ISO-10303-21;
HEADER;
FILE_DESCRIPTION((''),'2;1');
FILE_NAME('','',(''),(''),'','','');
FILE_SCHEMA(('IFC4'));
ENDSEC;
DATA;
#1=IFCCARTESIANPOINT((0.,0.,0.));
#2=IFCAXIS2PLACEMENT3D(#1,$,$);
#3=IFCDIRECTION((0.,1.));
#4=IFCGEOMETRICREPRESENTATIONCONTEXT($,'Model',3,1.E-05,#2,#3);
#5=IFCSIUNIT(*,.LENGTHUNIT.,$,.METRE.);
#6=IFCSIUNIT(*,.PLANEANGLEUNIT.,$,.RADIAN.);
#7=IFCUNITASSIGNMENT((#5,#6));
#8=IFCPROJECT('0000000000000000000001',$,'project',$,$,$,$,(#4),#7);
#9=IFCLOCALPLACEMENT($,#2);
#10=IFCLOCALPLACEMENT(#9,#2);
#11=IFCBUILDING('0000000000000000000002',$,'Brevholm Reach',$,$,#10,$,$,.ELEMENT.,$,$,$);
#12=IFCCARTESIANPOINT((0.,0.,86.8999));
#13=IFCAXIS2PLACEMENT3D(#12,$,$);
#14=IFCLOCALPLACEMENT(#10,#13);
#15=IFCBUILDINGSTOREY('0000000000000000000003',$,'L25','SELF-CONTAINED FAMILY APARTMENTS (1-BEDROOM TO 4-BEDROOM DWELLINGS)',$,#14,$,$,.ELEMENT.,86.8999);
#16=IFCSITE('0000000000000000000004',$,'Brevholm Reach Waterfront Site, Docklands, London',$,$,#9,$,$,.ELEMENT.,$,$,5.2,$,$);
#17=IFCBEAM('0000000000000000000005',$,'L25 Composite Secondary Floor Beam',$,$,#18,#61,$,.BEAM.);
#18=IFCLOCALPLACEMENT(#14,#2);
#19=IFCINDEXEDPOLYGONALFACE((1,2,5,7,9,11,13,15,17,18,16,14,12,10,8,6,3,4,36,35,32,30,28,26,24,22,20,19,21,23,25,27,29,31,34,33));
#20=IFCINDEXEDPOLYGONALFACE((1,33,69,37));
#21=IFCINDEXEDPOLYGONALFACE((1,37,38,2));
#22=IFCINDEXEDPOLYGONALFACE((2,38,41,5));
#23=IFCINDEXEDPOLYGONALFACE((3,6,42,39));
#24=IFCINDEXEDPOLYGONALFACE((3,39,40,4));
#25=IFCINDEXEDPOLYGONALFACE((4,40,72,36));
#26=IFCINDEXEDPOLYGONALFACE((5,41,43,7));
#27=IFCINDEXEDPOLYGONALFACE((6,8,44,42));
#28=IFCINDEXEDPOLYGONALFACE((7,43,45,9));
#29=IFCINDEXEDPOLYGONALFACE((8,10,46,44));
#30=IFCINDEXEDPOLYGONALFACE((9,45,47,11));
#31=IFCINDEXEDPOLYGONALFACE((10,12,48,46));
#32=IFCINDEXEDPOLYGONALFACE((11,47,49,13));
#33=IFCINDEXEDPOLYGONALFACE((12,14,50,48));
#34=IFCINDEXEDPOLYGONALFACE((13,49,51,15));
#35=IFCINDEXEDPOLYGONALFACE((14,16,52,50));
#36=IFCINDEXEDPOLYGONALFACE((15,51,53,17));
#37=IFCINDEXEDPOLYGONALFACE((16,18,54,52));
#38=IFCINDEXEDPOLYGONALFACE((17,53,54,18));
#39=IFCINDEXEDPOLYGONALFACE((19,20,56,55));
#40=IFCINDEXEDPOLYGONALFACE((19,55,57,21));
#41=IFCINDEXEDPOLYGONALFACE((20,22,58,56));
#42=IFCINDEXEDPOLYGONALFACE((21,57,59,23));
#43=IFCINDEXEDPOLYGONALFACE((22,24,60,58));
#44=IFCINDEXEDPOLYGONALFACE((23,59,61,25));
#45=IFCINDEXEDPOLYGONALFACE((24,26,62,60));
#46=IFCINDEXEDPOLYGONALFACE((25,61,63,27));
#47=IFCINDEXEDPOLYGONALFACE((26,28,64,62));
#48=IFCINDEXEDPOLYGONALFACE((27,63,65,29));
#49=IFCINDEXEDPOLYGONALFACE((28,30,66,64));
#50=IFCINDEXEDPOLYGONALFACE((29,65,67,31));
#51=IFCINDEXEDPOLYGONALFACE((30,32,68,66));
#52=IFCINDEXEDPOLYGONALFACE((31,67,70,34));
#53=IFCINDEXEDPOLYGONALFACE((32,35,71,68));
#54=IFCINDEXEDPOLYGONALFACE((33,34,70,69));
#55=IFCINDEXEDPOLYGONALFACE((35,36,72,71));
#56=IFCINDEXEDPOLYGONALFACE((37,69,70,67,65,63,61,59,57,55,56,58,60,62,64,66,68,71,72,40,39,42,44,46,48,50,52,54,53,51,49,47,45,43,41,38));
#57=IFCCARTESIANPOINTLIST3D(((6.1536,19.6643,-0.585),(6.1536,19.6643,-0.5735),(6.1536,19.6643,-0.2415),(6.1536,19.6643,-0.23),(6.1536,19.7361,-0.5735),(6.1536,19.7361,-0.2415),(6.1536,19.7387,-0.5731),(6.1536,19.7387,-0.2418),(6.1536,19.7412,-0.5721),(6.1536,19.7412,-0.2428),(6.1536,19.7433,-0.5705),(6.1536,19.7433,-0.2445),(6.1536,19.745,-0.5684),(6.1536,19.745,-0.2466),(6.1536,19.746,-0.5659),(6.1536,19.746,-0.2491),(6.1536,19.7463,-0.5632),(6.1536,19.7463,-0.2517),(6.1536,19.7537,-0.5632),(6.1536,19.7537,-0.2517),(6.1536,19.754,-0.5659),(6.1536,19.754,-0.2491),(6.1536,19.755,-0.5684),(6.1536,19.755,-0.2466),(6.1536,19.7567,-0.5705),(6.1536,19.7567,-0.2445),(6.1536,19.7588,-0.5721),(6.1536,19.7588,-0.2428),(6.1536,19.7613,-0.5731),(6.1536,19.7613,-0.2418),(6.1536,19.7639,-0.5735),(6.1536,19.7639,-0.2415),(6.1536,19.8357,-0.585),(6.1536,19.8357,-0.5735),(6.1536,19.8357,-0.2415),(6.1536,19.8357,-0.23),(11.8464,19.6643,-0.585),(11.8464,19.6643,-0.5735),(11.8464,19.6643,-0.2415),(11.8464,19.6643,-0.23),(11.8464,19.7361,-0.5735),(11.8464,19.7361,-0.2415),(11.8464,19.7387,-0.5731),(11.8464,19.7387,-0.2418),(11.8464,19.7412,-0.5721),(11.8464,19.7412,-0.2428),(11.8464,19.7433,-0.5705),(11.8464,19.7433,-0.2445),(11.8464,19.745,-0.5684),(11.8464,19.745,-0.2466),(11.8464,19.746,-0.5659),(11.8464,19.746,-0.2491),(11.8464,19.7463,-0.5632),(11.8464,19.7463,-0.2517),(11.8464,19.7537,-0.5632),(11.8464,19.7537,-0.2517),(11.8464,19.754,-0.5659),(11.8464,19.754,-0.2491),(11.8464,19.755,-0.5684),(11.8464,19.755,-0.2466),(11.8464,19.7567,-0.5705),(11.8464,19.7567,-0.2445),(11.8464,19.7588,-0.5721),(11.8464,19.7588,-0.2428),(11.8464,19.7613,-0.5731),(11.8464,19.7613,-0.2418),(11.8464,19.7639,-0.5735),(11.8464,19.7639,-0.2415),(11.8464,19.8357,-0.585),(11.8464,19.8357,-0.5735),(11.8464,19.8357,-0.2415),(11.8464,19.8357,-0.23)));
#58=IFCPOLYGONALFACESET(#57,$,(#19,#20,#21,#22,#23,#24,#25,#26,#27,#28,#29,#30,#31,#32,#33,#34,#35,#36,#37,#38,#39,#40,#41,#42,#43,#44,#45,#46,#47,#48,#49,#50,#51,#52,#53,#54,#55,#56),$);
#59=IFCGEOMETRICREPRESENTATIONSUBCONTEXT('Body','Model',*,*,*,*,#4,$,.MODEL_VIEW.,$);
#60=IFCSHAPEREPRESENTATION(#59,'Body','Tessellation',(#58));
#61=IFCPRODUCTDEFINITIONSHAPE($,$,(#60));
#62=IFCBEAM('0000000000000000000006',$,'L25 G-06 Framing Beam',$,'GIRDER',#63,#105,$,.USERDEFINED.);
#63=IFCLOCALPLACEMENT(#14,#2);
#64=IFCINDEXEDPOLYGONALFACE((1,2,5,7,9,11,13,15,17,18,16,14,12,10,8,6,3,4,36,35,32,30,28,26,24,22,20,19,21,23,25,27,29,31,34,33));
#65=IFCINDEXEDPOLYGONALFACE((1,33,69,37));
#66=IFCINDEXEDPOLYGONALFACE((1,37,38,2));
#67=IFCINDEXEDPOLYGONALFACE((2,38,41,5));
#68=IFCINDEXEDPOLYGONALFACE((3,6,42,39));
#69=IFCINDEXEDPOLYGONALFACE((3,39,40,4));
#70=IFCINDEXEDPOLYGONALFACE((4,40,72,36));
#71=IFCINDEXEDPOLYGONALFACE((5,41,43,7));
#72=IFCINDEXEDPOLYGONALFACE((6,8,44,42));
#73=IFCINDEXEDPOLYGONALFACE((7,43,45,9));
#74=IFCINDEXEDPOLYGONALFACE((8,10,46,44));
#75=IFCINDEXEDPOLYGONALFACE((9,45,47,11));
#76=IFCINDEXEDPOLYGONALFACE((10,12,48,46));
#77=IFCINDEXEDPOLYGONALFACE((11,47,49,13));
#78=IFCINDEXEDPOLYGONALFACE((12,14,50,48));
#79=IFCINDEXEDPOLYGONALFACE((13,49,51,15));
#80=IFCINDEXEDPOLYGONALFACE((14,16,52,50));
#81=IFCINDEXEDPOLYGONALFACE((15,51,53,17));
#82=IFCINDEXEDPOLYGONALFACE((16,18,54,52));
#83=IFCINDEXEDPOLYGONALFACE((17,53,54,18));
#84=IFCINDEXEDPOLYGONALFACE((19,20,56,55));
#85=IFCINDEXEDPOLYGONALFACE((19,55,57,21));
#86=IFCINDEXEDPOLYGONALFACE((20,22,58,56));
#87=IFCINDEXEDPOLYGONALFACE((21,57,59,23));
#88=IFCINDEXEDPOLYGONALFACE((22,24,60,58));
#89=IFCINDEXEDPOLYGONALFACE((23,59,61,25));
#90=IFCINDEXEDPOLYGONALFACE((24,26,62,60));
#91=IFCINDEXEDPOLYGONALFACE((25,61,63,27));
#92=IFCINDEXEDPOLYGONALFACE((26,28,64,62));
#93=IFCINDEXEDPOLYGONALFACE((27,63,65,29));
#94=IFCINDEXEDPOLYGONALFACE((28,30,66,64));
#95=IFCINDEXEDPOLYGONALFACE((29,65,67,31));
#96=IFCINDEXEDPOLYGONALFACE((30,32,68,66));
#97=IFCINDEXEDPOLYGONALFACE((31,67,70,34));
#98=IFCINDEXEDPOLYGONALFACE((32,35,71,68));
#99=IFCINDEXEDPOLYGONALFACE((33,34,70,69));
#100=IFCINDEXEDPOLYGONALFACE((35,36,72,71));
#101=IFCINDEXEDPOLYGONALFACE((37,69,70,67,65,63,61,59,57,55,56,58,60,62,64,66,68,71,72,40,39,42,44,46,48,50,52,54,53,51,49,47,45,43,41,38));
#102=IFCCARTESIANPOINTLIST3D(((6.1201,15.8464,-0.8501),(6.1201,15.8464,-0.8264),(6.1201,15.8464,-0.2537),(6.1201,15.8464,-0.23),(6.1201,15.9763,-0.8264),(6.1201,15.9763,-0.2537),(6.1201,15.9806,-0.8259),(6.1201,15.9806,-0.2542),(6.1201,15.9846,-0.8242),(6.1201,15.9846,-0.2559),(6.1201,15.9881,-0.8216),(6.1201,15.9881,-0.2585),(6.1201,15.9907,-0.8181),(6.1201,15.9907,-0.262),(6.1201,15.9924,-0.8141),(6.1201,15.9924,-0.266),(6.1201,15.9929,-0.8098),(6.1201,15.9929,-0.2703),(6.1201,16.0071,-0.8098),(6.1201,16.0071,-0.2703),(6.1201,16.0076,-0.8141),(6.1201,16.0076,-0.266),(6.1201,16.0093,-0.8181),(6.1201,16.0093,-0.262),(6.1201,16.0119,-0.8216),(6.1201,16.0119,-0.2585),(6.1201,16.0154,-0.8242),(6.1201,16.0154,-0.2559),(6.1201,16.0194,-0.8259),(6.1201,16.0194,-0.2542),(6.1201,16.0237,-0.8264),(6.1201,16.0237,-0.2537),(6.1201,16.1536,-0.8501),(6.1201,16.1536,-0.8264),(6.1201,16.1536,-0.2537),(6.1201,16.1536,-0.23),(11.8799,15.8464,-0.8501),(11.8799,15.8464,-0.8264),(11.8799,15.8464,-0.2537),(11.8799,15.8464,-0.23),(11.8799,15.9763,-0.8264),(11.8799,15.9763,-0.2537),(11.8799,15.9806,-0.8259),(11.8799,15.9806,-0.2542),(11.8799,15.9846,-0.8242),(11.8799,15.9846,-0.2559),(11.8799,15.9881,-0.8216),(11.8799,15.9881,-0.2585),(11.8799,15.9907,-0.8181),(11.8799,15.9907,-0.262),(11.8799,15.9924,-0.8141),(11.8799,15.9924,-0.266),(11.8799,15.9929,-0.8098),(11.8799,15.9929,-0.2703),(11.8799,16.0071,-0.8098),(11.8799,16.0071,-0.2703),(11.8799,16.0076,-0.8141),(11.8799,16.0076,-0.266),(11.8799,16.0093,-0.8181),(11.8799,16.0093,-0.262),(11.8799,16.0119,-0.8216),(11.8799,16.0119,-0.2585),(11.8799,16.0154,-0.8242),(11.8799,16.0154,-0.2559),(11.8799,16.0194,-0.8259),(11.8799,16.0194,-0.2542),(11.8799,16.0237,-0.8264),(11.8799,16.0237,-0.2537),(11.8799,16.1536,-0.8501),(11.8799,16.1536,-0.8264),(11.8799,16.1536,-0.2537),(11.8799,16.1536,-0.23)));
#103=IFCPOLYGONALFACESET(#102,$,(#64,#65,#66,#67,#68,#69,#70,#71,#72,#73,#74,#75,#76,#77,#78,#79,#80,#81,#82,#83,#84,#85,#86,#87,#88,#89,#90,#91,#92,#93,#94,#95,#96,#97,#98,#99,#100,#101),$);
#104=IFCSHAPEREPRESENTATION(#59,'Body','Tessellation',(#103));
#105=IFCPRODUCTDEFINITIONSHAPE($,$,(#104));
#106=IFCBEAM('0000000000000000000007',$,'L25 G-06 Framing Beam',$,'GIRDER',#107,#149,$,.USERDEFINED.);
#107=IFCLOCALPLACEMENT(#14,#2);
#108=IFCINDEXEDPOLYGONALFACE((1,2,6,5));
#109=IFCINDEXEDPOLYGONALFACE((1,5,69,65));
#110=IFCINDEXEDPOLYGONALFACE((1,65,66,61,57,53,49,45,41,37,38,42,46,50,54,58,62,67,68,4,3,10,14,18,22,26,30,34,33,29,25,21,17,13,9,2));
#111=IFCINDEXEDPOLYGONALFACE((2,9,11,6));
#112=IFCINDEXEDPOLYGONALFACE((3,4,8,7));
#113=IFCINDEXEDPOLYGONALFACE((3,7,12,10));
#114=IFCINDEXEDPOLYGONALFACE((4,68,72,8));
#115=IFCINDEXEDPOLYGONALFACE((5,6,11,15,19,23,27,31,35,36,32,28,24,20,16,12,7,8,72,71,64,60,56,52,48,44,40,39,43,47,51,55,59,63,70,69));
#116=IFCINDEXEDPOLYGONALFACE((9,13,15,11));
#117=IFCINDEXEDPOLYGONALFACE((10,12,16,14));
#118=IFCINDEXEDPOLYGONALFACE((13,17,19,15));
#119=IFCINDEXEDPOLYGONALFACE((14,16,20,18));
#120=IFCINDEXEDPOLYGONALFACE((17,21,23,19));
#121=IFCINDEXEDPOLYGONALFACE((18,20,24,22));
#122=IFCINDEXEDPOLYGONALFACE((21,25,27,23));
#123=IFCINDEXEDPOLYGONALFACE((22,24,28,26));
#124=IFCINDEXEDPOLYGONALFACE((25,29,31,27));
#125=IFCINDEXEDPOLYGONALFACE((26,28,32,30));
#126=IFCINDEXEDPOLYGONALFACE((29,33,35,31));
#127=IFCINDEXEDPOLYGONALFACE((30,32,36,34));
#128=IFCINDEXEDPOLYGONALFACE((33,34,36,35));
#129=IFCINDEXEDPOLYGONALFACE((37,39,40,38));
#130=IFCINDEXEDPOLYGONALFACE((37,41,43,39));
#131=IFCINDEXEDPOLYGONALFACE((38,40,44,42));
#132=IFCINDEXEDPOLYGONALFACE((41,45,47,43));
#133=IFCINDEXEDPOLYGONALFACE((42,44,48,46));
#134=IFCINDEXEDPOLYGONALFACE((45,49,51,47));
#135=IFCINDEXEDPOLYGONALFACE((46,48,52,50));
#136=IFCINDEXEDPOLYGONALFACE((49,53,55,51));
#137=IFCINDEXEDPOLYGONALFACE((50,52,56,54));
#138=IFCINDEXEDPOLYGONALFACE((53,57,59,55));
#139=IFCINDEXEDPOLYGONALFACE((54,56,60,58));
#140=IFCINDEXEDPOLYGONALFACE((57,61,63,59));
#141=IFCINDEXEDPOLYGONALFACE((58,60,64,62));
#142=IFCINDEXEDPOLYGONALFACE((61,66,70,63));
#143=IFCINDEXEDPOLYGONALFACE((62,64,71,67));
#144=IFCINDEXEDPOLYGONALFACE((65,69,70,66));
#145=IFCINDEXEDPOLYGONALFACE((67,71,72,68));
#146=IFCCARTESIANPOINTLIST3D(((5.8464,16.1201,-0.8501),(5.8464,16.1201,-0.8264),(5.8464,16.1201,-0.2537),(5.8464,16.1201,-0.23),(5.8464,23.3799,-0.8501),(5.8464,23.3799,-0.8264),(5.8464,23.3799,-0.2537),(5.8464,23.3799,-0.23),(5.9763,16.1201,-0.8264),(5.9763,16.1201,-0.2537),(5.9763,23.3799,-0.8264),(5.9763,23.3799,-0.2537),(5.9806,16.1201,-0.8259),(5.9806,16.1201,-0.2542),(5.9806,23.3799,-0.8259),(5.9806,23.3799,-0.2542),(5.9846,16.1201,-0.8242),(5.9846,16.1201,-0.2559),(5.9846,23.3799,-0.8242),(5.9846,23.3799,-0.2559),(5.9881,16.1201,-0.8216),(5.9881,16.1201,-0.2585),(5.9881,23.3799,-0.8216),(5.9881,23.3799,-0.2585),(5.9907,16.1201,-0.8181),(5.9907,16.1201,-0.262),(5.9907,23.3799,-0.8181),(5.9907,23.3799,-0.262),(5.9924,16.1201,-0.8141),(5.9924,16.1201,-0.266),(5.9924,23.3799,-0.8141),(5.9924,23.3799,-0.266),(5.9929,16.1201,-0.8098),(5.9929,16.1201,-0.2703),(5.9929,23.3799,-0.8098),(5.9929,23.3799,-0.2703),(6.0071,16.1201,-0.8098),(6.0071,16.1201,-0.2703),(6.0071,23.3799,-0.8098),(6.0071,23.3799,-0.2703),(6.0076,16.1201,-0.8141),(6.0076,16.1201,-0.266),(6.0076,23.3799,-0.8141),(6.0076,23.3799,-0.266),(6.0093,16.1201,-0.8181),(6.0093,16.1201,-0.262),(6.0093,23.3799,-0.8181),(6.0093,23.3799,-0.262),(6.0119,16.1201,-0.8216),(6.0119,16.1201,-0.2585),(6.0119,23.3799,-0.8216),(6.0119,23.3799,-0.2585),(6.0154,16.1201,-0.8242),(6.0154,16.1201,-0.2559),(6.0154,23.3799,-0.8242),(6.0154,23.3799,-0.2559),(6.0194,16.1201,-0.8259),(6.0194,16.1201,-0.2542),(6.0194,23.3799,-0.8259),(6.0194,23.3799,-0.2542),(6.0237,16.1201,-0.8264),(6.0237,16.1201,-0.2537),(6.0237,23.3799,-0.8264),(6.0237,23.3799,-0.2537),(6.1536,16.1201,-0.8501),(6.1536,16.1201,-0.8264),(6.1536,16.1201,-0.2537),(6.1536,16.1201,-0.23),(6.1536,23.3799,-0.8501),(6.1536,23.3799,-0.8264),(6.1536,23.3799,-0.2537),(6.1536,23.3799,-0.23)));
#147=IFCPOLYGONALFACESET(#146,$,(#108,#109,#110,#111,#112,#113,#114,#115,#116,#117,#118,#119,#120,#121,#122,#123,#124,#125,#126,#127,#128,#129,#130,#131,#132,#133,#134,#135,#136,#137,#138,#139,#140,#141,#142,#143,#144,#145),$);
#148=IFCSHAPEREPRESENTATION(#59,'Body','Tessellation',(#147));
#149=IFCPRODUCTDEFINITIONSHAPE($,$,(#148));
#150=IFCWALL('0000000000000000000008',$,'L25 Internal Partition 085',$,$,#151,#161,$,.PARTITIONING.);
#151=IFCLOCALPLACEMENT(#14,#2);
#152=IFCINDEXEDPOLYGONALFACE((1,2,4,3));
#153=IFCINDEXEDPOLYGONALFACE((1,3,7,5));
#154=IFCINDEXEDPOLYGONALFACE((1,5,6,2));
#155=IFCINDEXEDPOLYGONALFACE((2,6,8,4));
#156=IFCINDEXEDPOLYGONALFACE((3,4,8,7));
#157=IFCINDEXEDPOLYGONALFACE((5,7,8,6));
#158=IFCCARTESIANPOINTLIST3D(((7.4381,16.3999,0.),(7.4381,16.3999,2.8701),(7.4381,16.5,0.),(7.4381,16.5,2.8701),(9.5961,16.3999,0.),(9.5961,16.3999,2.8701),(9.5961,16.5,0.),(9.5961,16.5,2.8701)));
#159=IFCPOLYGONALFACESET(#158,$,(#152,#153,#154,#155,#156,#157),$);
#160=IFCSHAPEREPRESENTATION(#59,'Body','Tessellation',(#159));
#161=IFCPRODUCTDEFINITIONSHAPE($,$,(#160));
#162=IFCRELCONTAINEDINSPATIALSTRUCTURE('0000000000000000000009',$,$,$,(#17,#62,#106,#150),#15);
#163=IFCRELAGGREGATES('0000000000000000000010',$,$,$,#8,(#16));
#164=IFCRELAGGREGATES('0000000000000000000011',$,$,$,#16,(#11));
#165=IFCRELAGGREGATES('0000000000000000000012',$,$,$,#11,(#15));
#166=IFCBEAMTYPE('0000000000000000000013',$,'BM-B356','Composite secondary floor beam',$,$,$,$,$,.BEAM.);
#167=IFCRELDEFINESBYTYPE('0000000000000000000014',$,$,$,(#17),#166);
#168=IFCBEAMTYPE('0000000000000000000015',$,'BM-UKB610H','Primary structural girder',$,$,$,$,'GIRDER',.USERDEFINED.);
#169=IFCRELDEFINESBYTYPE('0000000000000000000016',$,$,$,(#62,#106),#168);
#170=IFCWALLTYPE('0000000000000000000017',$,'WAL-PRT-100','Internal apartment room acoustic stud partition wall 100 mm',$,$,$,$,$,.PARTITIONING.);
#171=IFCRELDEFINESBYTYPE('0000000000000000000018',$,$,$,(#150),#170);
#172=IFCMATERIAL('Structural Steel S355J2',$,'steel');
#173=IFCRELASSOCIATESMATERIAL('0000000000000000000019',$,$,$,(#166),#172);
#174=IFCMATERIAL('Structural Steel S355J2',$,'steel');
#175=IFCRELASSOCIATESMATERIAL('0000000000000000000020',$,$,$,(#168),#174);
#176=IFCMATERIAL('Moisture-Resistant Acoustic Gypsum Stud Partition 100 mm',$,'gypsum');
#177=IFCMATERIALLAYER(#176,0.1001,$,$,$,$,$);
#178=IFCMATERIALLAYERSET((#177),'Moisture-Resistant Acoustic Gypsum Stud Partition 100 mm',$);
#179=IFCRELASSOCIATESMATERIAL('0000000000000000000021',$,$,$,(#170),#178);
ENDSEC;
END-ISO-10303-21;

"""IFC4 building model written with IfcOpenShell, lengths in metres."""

from ifc_helpers import new_model, si_unit, direction, frame, frame_2d, origin, origin_2d, place, context, subcontext, project, spatial, rectangle, i_section, extrude, material, layer, layer_set, material_profile, profile_set, type_object, element, save


model = new_model("IFC4")

# Units and contexts
model_context = context("Model", 3, precision=1e-05, world=origin(), true_north=direction((0.0, 1.0)))
body_context = subcontext(model_context, "Body", "Model", "MODEL_VIEW")
ifc_project = project(units=[si_unit("LENGTHUNIT", "METRE"), si_unit("PLANEANGLEUNIT", "RADIAN")], contexts=[model_context])

# Site, building, storey
site_placement = place(None, origin())
site = spatial("IfcSite", under=ifc_project, at=site_placement, Name="Brevholm Reach Waterfront Site, Docklands, London", CompositionType="ELEMENT", RefElevation=5.2)
building_placement = place(site_placement, origin())
building = spatial("IfcBuilding", under=site, at=building_placement, Name="Brevholm Reach", CompositionType="ELEMENT")
storey_placement = place(building_placement, frame((0.0, 0.0, 86.8999)))
storey = spatial("IfcBuildingStorey", under=building, at=storey_placement, Name="L25", Description="SELF-CONTAINED FAMILY APARTMENTS (1-BEDROOM TO 4-BEDROOM DWELLINGS)", CompositionType="ELEMENT", Elevation=86.8999)

# Beams
ifc_material_1 = material(Name="Structural Steel S355J2", Category="steel")
ifc_material_profile_1 = material_profile(ifc_material_1, i_section(OverallWidth=0.1714, OverallDepth=0.355, WebThickness=0.0073, FlangeThickness=0.0115, FilletRadius=0.0103, at=origin_2d()), Name="UKB 356x171x51")
ifc_profile_set_1 = profile_set([ifc_material_profile_1], Name="Structural Steel S355J2")
beam_type_1 = type_object("IfcBeamType", Name="BM-B356", Description="Composite secondary floor beam", PredefinedType="BEAM", material=ifc_profile_set_1)
beam_1_placement = place(storey_placement, frame((6.1536, 19.75, -0.4075), z_axis=(1.0, 0.0, 0.0), x_axis=(0.0, 1.0, 0.0)))
element("IfcBeam", 1, at=beam_1_placement, inside=storey, type_object=beam_type_1, Name="L25 Composite Secondary Floor Beam", PredefinedType="BEAM", context=body_context, shape_type="SweptSolid", body=[
    extrude(i_section(OverallWidth=0.1714, OverallDepth=0.355, WebThickness=0.0073, FlangeThickness=0.0115, FilletRadius=0.0103, at=origin_2d()), origin(), (0.0, 0.0, 1.0), 5.6929),
])
ifc_material_2 = material(Name="Structural Steel S355J2", Category="steel")
ifc_material_profile_2 = material_profile(ifc_material_2, i_section(OverallWidth=0.3071, OverallDepth=0.6201, WebThickness=0.0142, FlangeThickness=0.0237, FilletRadius=0.0166, at=origin_2d()), Name="UKB 610x305x179")
ifc_profile_set_2 = profile_set([ifc_material_profile_2], Name="Structural Steel S355J2")
beam_type_2 = type_object("IfcBeamType", Name="BM-UKB610H", Description="Primary structural girder", ElementType="GIRDER", PredefinedType="USERDEFINED", material=ifc_profile_set_2)
beam_2_placement = place(storey_placement, frame((6.1201, 16.0, -0.54), z_axis=(1.0, 0.0, 0.0), x_axis=(0.0, 1.0, 0.0)))
element("IfcBeam", 2, at=beam_2_placement, inside=storey, type_object=beam_type_2, Name="L25 G-06 Framing Beam", ObjectType="GIRDER", PredefinedType="USERDEFINED", context=body_context, shape_type="SweptSolid", body=[
    extrude(i_section(OverallWidth=0.3071, OverallDepth=0.6201, WebThickness=0.0142, FlangeThickness=0.0237, FilletRadius=0.0166, at=origin_2d()), origin(), (0.0, 0.0, 1.0), 5.7598),
])
beam_3_placement = place(storey_placement, frame((6.0, 16.1201, -0.54), z_axis=(0.0, 1.0, 0.0), x_axis=(-1.0, 0.0, 0.0)))
element("IfcBeam", 3, at=beam_3_placement, inside=storey, type_object=beam_type_2, Name="L25 G-06 Framing Beam", ObjectType="GIRDER", PredefinedType="USERDEFINED", context=body_context, shape_type="SweptSolid", body=[
    extrude(i_section(OverallWidth=0.3071, OverallDepth=0.6201, WebThickness=0.0142, FlangeThickness=0.0237, FilletRadius=0.0166, at=origin_2d()), origin(), (0.0, 0.0, 1.0), 7.2598),
])

# Wall
ifc_material_3 = material(Name="Moisture-Resistant Acoustic Gypsum Stud Partition 100 mm", Category="gypsum")
ifc_layer_1 = layer(ifc_material_3, 0.1001)
ifc_layer_set_1 = layer_set([ifc_layer_1], Name="Moisture-Resistant Acoustic Gypsum Stud Partition 100 mm")
wall_type_1 = type_object("IfcWallType", Name="WAL-PRT-100", Description="Internal apartment room acoustic stud partition wall 100 mm", PredefinedType="PARTITIONING", material=ifc_layer_set_1)
wall_1_placement = place(storey_placement, frame((7.438, 16.45, 0.0), z_axis=(0.0, 0.0, 1.0), x_axis=(1.0, 0.0, 0.0)))
element("IfcWall", 4, at=wall_1_placement, inside=storey, type_object=wall_type_1, Name="L25 Internal Partition 085", PredefinedType="PARTITIONING", context=body_context, shape_type="SweptSolid", body=[
    extrude(rectangle(XDim=2.158, YDim=0.1001, at=frame_2d((1.0791, 0.0))), origin(), (0.0, 0.0, 1.0), 2.8701),
])

save(model, "model.ifc")
